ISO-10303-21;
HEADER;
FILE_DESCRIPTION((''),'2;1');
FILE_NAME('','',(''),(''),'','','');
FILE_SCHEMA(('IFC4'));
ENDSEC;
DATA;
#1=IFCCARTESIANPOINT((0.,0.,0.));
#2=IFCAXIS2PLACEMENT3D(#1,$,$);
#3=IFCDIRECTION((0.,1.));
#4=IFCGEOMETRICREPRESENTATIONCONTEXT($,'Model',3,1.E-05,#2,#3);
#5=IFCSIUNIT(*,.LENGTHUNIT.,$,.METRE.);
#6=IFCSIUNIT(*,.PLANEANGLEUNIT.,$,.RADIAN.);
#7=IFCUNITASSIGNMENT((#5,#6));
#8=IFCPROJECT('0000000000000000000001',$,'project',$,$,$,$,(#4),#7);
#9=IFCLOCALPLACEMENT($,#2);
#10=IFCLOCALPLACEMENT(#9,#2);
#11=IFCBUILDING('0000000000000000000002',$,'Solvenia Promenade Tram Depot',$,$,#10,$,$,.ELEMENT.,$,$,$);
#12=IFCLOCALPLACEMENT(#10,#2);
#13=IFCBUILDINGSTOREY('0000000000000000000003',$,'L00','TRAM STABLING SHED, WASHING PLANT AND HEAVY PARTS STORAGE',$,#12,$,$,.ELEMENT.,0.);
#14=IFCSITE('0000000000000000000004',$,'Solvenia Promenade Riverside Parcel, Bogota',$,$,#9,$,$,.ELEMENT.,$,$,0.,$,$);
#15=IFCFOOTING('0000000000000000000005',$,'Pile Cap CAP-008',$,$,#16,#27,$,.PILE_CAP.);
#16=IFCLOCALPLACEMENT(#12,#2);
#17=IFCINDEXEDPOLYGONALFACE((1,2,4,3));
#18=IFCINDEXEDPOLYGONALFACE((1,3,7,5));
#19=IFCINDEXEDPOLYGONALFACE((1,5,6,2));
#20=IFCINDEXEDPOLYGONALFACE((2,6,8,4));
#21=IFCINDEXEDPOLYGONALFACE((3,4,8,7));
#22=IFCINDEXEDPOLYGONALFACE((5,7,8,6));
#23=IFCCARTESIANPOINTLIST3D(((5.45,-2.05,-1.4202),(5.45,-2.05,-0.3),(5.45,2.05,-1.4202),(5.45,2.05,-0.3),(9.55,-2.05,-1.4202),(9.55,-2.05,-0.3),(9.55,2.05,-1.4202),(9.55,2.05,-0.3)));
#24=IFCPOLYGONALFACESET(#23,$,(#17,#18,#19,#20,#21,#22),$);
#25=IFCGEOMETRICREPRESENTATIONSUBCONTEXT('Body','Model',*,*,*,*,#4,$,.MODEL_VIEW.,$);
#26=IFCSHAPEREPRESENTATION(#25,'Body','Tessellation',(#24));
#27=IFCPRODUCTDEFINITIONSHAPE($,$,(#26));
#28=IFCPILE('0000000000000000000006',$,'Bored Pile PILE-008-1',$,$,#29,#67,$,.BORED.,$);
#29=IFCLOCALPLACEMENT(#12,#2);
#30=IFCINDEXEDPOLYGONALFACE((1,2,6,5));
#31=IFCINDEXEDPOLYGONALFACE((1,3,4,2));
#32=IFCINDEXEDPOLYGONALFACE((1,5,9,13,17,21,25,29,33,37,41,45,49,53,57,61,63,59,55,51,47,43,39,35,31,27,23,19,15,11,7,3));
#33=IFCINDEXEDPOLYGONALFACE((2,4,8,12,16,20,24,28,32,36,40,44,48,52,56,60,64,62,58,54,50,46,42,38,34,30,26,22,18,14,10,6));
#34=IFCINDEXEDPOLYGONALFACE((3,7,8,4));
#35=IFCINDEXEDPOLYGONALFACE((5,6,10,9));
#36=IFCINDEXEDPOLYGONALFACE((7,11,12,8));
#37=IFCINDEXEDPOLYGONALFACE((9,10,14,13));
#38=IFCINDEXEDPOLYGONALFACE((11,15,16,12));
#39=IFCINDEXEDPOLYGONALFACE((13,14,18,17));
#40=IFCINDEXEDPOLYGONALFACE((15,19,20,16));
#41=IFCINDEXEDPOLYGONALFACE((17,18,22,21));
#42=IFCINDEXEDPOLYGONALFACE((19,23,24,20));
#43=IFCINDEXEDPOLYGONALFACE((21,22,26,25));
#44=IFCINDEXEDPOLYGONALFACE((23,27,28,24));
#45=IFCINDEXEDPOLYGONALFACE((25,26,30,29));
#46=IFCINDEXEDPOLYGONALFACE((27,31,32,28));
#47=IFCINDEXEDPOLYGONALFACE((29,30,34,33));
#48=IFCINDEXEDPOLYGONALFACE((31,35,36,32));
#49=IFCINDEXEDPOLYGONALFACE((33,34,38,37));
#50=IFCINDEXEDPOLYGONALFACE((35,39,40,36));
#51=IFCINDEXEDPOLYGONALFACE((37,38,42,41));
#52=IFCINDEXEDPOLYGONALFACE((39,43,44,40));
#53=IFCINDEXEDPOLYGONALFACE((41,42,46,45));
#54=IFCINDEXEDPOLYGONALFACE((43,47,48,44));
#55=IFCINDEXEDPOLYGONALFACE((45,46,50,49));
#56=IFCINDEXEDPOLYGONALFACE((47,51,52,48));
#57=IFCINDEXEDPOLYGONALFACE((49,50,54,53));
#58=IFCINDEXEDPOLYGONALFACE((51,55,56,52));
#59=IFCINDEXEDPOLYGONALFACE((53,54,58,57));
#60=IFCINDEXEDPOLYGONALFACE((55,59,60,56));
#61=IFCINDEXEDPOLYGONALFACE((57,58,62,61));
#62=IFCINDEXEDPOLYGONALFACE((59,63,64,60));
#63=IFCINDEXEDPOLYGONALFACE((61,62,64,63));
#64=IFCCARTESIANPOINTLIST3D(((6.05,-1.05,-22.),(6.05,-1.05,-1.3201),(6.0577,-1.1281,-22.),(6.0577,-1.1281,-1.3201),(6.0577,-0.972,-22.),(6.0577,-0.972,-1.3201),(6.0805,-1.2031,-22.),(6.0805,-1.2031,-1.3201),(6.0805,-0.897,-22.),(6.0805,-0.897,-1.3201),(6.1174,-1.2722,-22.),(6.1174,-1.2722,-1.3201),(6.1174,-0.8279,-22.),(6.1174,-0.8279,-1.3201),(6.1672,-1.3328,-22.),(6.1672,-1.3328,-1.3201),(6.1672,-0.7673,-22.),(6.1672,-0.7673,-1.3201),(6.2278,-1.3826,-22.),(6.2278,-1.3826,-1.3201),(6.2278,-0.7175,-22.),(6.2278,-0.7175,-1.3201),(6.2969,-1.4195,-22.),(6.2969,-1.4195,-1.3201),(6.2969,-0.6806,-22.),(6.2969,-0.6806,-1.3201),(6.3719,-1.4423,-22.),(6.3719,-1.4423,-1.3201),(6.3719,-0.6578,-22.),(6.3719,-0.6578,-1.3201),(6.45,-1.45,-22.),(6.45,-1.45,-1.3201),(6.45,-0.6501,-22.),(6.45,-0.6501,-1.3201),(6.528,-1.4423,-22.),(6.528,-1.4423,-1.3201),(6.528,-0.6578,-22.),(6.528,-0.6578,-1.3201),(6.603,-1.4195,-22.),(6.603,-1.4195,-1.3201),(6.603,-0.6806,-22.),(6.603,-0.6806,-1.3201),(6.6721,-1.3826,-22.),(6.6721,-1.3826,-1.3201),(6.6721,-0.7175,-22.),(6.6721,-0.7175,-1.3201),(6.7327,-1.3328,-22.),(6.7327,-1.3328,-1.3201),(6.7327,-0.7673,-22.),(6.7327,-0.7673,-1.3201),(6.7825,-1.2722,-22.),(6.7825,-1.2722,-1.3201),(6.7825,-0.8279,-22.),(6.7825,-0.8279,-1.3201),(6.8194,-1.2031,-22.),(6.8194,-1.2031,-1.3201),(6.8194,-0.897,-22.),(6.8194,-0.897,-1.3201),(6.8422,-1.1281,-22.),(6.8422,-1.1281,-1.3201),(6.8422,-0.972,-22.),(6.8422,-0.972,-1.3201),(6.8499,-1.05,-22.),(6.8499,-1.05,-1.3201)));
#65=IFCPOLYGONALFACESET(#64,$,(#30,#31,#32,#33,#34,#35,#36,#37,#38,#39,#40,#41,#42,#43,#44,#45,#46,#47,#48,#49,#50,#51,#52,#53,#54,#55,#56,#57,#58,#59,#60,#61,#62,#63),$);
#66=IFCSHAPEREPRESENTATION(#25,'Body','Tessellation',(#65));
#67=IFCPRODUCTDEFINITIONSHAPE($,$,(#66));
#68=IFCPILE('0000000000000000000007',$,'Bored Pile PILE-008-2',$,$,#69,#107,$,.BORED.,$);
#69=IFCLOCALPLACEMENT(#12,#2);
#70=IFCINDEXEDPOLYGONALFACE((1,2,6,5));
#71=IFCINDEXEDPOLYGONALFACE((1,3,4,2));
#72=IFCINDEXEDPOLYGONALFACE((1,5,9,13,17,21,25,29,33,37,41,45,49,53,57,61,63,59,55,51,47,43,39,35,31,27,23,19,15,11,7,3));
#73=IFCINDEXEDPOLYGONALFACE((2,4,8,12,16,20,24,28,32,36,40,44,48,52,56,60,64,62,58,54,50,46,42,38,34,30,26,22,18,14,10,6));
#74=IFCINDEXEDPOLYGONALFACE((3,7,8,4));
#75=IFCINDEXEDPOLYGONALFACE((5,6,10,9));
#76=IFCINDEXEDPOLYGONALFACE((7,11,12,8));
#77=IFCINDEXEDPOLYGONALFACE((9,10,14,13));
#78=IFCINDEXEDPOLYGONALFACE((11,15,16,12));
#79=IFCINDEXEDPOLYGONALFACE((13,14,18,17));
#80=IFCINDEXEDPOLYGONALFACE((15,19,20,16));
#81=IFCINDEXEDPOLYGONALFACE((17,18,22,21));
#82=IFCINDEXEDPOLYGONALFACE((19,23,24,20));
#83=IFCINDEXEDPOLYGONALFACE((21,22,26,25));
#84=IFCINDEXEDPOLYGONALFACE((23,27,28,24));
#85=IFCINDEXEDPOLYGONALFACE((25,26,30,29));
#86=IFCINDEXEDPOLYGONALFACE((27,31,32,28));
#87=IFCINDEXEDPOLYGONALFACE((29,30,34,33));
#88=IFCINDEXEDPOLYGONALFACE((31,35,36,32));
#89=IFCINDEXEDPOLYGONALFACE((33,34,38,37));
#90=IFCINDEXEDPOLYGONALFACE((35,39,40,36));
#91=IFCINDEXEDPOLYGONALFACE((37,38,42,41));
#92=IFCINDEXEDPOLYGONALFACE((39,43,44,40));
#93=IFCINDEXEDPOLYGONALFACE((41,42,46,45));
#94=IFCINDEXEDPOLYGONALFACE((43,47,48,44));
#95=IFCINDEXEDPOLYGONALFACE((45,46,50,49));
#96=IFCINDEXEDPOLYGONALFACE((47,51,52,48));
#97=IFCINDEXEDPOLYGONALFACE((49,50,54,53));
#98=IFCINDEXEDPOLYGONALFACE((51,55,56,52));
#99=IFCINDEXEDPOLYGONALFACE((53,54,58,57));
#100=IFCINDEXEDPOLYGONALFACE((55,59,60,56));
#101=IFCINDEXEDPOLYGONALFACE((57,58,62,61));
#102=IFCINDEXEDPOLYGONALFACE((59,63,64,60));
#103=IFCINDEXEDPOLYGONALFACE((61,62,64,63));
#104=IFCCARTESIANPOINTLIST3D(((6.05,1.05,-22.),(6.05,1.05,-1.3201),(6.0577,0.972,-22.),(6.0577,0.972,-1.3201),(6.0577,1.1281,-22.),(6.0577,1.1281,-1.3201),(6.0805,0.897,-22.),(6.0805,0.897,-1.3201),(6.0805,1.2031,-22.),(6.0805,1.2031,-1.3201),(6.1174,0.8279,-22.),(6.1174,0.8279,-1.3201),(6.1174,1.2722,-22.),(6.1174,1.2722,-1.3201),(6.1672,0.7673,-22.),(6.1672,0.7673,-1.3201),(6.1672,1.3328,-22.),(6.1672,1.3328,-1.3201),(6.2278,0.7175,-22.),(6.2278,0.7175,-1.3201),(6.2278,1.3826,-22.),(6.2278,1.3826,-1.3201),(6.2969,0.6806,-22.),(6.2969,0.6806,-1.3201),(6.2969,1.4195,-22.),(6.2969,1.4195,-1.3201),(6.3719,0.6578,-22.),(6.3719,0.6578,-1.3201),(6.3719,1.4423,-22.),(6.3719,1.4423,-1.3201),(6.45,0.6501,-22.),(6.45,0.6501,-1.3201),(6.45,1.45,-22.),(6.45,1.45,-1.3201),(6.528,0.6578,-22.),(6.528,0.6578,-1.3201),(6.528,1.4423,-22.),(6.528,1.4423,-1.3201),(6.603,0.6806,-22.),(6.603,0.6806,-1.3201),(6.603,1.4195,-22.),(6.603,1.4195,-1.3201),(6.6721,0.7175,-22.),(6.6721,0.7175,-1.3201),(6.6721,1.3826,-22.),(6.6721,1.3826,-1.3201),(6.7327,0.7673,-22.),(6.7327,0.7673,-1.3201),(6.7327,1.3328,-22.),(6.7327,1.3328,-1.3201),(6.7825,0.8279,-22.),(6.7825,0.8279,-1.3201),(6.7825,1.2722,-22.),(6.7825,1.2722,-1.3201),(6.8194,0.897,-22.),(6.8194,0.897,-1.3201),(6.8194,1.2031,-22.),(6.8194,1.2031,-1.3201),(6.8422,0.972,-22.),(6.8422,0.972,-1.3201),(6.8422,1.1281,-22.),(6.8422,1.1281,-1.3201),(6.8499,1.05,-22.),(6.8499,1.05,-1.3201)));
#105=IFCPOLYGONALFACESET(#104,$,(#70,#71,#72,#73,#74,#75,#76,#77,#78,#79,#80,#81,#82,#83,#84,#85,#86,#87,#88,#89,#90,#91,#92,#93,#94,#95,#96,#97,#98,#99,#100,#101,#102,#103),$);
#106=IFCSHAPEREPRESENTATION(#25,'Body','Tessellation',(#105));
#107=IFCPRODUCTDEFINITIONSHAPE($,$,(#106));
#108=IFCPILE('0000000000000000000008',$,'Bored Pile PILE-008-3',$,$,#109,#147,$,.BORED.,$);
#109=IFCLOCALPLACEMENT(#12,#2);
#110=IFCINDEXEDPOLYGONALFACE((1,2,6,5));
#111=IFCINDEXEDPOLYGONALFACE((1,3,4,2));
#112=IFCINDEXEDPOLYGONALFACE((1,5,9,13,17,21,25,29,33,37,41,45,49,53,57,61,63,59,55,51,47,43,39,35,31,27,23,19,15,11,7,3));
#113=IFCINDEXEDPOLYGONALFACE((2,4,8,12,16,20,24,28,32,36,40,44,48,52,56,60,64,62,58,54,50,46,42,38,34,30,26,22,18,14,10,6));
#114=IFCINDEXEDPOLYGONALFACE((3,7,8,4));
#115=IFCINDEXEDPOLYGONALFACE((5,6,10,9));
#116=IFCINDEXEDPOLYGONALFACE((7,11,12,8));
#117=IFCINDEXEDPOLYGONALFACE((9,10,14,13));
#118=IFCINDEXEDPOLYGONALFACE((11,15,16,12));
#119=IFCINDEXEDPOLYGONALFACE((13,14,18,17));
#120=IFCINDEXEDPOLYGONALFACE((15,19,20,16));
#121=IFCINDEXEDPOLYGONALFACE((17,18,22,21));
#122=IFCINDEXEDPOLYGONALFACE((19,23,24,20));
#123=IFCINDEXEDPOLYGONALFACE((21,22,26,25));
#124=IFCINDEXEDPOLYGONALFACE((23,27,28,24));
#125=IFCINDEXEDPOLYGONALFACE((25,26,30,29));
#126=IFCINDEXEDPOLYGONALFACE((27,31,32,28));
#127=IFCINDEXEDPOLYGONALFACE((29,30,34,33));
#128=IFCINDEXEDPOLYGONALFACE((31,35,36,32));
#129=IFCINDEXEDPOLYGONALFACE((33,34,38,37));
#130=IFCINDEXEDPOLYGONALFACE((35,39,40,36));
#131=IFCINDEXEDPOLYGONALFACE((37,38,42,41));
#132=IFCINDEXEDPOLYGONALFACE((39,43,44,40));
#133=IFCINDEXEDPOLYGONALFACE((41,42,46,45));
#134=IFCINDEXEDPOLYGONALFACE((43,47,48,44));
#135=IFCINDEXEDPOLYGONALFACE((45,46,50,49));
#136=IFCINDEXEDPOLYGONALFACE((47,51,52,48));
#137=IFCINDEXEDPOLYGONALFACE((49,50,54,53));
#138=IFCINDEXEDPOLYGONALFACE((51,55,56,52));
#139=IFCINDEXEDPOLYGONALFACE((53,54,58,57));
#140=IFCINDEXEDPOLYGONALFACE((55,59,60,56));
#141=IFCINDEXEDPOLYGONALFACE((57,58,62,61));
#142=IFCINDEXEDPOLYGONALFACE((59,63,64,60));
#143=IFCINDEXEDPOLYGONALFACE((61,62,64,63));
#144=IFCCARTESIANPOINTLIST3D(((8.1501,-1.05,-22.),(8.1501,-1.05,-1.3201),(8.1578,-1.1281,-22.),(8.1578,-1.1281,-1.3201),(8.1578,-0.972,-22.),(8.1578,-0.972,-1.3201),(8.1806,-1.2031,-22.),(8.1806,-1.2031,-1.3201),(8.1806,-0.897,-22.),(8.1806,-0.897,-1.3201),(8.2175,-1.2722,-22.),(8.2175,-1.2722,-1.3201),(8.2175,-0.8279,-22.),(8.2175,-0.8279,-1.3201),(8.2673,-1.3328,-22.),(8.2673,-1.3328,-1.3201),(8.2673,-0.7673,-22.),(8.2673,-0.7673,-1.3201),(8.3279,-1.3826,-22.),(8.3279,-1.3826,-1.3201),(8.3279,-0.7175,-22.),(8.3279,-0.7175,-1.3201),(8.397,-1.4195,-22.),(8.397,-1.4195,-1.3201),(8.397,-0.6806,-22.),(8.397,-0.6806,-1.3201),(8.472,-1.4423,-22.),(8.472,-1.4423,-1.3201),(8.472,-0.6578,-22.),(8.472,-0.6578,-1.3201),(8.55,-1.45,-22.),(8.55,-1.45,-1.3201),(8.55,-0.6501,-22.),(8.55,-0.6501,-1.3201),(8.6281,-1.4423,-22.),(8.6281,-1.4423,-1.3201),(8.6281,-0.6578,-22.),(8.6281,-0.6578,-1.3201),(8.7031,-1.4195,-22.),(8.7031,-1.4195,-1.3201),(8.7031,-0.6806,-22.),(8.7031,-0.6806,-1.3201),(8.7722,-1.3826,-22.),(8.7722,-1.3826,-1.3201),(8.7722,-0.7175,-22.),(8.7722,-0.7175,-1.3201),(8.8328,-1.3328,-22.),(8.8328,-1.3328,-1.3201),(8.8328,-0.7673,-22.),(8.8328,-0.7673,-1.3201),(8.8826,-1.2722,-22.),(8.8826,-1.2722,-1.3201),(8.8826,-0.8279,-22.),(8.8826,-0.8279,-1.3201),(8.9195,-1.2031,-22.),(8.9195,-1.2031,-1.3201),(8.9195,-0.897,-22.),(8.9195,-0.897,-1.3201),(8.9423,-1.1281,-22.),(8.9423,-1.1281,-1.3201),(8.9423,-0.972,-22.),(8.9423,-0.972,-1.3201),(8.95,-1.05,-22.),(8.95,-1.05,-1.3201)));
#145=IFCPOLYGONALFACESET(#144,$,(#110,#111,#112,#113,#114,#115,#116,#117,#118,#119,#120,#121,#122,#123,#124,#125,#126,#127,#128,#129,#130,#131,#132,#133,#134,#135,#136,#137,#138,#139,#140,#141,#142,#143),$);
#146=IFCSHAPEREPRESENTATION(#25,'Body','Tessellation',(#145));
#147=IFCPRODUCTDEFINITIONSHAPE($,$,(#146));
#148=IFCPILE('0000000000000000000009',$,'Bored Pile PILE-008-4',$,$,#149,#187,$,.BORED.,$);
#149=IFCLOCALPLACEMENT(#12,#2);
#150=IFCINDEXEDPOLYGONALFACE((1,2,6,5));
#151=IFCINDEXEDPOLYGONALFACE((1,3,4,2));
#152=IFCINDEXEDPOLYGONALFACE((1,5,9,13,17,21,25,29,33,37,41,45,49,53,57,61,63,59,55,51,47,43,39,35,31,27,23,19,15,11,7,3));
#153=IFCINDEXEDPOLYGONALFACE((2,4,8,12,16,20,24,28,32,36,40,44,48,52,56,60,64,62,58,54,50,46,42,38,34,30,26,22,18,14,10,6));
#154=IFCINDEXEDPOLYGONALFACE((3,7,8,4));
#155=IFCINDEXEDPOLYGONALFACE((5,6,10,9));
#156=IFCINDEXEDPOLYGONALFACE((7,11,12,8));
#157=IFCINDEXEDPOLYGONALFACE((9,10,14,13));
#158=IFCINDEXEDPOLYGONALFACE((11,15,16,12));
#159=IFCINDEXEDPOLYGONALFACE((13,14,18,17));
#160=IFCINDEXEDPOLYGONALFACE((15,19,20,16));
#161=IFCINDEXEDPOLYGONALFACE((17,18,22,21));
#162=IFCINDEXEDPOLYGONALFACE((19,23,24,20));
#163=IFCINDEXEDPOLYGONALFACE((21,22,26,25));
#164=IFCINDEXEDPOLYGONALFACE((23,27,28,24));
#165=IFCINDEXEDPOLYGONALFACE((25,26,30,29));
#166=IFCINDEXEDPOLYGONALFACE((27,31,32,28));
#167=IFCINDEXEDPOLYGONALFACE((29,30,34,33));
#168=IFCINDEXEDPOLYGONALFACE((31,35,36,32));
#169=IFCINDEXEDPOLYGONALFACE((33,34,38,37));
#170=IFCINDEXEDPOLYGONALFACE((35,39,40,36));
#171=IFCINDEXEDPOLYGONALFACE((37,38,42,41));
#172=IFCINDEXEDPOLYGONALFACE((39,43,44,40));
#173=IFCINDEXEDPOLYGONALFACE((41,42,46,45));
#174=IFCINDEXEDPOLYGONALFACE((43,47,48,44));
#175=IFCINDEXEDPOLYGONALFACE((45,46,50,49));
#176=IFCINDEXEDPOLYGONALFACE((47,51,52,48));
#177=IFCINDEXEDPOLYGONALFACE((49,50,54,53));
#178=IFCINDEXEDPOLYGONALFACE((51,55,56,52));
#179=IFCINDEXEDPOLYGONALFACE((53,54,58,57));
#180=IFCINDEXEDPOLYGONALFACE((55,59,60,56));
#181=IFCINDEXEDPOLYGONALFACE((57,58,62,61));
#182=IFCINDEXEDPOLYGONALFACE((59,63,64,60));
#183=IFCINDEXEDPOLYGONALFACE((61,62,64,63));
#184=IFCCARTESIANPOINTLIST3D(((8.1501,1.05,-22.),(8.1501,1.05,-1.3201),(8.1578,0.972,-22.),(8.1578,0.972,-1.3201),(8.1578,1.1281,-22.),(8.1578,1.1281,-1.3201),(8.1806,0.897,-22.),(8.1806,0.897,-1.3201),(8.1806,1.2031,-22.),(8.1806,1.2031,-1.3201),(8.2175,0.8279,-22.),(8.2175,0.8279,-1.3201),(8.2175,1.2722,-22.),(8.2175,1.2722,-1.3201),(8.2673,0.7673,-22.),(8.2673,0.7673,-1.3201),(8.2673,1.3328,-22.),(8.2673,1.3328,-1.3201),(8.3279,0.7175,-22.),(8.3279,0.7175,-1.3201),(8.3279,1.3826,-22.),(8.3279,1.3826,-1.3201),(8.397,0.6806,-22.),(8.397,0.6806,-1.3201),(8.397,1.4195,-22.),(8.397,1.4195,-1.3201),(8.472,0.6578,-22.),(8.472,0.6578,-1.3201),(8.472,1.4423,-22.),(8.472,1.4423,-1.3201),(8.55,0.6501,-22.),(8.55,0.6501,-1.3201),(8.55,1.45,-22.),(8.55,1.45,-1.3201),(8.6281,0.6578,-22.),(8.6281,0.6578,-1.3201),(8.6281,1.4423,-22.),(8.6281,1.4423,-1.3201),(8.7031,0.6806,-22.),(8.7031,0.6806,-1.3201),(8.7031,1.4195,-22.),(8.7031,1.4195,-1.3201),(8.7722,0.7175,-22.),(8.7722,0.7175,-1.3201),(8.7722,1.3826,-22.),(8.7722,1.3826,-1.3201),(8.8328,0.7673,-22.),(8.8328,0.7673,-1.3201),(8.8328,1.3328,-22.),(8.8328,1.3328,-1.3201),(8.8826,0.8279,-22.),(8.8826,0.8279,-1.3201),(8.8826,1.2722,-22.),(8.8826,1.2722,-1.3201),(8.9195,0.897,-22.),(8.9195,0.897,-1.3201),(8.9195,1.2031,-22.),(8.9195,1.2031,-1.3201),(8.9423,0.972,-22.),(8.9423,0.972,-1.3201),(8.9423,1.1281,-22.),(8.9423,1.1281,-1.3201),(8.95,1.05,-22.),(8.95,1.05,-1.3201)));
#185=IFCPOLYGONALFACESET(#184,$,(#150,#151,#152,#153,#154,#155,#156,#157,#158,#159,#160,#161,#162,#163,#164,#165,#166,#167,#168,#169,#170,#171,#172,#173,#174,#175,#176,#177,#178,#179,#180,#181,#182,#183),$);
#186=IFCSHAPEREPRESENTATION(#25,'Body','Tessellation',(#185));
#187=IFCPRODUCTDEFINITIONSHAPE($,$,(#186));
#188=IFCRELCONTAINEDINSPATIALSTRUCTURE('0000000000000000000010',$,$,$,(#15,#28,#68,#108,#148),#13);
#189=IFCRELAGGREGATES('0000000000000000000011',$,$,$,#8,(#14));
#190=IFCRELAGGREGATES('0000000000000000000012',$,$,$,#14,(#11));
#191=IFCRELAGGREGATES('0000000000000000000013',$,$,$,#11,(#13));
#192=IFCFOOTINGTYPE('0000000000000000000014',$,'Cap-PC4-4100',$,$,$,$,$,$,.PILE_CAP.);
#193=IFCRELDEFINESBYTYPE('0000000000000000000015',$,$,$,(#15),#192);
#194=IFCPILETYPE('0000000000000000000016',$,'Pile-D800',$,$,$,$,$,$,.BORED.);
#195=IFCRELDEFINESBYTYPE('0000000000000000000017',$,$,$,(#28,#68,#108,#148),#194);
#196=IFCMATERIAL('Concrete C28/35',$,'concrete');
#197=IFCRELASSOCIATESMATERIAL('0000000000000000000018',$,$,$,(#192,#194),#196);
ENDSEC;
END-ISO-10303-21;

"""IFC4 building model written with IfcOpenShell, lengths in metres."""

from ifc_helpers import new_model, si_unit, direction, frame, origin, origin_2d, place, context, subcontext, project, spatial, rectangle, circle, extrude, material, material_profile, profile_set, type_object, element, save


model = new_model("IFC4")

# Units and contexts
model_context = context("Model", 3, precision=1e-05, world=origin(), true_north=direction((0.0, 1.0)))
body_context = subcontext(model_context, "Body", "Model", "MODEL_VIEW")
ifc_project = project(units=[si_unit("LENGTHUNIT", "METRE"), si_unit("PLANEANGLEUNIT", "RADIAN")], contexts=[model_context])

# Site, building, storey
site_placement = place(None, origin())
site = spatial("IfcSite", under=ifc_project, at=site_placement, Name="Solvenia Promenade Riverside Parcel, Bogota", CompositionType="ELEMENT", RefElevation=0.0)
building_placement = place(site_placement, origin())
building = spatial("IfcBuilding", under=site, at=building_placement, Name="Solvenia Promenade Tram Depot", CompositionType="ELEMENT")
storey_placement = place(building_placement, origin())
storey = spatial("IfcBuildingStorey", under=building, at=storey_placement, Name="L00", Description="TRAM STABLING SHED, WASHING PLANT AND HEAVY PARTS STORAGE", CompositionType="ELEMENT", Elevation=0.0)

# Footing
ifc_material_1 = material(Name="Concrete C28/35", Category="concrete")
footing_type = type_object("IfcFootingType", Name="Cap-PC4-4100", PredefinedType="PILE_CAP", material=ifc_material_1)
footing_placement = place(storey_placement, frame((7.5, 0.0, -1.4202), z_axis=(0.0, 0.0, 1.0), x_axis=(1.0, 0.0, 0.0)))
element("IfcFooting", 1, at=footing_placement, inside=storey, type_object=footing_type, Name="Pile Cap CAP-008", PredefinedType="PILE_CAP", context=body_context, shape_type="SweptSolid", body=[
    extrude(rectangle(XDim=4.1001, YDim=4.1001, at=origin_2d()), origin(), (0.0, 0.0, 1.0), 1.1201),
])

# Piles
ifc_material_profile_1 = material_profile(ifc_material_1, circle(Radius=0.3999, at=origin_2d()), Name="D800", Category="concrete")
ifc_profile_set_1 = profile_set([ifc_material_profile_1], Name="Concrete C28/35")
pile_type = type_object("IfcPileType", Name="Pile-D800", PredefinedType="BORED", material=ifc_profile_set_1)
for number, where, z_axis, x_axis, name in (
    (2, (6.45, -1.05, -1.3201), (0.0, 0.0, -1.0), (1.0, 0.0, 0.0), "Bored Pile PILE-008-1"),
    (3, (6.45, 1.05, -1.3201), (0.0, 0.0, -1.0), (1.0, 0.0, 0.0), "Bored Pile PILE-008-2"),
    (4, (8.55, -1.05, -1.3201), (0.0, 0.0, -1.0), (1.0, 0.0, 0.0), "Bored Pile PILE-008-3"),
    (5, (8.55, 1.05, -1.3201), (0.0, 0.0, -1.0), (1.0, 0.0, 0.0), "Bored Pile PILE-008-4"),
):
    element("IfcPile", number, at=place(storey_placement, frame(where, z_axis=z_axis, x_axis=x_axis)), inside=storey, type_object=pile_type, Name=name, PredefinedType="BORED", context=body_context, shape_type="SweptSolid", body=[
        extrude(circle(Radius=0.3999, at=origin_2d()), origin(), (0.0, 0.0, 1.0), 20.6799),
    ])

save(model, "model.ifc")
